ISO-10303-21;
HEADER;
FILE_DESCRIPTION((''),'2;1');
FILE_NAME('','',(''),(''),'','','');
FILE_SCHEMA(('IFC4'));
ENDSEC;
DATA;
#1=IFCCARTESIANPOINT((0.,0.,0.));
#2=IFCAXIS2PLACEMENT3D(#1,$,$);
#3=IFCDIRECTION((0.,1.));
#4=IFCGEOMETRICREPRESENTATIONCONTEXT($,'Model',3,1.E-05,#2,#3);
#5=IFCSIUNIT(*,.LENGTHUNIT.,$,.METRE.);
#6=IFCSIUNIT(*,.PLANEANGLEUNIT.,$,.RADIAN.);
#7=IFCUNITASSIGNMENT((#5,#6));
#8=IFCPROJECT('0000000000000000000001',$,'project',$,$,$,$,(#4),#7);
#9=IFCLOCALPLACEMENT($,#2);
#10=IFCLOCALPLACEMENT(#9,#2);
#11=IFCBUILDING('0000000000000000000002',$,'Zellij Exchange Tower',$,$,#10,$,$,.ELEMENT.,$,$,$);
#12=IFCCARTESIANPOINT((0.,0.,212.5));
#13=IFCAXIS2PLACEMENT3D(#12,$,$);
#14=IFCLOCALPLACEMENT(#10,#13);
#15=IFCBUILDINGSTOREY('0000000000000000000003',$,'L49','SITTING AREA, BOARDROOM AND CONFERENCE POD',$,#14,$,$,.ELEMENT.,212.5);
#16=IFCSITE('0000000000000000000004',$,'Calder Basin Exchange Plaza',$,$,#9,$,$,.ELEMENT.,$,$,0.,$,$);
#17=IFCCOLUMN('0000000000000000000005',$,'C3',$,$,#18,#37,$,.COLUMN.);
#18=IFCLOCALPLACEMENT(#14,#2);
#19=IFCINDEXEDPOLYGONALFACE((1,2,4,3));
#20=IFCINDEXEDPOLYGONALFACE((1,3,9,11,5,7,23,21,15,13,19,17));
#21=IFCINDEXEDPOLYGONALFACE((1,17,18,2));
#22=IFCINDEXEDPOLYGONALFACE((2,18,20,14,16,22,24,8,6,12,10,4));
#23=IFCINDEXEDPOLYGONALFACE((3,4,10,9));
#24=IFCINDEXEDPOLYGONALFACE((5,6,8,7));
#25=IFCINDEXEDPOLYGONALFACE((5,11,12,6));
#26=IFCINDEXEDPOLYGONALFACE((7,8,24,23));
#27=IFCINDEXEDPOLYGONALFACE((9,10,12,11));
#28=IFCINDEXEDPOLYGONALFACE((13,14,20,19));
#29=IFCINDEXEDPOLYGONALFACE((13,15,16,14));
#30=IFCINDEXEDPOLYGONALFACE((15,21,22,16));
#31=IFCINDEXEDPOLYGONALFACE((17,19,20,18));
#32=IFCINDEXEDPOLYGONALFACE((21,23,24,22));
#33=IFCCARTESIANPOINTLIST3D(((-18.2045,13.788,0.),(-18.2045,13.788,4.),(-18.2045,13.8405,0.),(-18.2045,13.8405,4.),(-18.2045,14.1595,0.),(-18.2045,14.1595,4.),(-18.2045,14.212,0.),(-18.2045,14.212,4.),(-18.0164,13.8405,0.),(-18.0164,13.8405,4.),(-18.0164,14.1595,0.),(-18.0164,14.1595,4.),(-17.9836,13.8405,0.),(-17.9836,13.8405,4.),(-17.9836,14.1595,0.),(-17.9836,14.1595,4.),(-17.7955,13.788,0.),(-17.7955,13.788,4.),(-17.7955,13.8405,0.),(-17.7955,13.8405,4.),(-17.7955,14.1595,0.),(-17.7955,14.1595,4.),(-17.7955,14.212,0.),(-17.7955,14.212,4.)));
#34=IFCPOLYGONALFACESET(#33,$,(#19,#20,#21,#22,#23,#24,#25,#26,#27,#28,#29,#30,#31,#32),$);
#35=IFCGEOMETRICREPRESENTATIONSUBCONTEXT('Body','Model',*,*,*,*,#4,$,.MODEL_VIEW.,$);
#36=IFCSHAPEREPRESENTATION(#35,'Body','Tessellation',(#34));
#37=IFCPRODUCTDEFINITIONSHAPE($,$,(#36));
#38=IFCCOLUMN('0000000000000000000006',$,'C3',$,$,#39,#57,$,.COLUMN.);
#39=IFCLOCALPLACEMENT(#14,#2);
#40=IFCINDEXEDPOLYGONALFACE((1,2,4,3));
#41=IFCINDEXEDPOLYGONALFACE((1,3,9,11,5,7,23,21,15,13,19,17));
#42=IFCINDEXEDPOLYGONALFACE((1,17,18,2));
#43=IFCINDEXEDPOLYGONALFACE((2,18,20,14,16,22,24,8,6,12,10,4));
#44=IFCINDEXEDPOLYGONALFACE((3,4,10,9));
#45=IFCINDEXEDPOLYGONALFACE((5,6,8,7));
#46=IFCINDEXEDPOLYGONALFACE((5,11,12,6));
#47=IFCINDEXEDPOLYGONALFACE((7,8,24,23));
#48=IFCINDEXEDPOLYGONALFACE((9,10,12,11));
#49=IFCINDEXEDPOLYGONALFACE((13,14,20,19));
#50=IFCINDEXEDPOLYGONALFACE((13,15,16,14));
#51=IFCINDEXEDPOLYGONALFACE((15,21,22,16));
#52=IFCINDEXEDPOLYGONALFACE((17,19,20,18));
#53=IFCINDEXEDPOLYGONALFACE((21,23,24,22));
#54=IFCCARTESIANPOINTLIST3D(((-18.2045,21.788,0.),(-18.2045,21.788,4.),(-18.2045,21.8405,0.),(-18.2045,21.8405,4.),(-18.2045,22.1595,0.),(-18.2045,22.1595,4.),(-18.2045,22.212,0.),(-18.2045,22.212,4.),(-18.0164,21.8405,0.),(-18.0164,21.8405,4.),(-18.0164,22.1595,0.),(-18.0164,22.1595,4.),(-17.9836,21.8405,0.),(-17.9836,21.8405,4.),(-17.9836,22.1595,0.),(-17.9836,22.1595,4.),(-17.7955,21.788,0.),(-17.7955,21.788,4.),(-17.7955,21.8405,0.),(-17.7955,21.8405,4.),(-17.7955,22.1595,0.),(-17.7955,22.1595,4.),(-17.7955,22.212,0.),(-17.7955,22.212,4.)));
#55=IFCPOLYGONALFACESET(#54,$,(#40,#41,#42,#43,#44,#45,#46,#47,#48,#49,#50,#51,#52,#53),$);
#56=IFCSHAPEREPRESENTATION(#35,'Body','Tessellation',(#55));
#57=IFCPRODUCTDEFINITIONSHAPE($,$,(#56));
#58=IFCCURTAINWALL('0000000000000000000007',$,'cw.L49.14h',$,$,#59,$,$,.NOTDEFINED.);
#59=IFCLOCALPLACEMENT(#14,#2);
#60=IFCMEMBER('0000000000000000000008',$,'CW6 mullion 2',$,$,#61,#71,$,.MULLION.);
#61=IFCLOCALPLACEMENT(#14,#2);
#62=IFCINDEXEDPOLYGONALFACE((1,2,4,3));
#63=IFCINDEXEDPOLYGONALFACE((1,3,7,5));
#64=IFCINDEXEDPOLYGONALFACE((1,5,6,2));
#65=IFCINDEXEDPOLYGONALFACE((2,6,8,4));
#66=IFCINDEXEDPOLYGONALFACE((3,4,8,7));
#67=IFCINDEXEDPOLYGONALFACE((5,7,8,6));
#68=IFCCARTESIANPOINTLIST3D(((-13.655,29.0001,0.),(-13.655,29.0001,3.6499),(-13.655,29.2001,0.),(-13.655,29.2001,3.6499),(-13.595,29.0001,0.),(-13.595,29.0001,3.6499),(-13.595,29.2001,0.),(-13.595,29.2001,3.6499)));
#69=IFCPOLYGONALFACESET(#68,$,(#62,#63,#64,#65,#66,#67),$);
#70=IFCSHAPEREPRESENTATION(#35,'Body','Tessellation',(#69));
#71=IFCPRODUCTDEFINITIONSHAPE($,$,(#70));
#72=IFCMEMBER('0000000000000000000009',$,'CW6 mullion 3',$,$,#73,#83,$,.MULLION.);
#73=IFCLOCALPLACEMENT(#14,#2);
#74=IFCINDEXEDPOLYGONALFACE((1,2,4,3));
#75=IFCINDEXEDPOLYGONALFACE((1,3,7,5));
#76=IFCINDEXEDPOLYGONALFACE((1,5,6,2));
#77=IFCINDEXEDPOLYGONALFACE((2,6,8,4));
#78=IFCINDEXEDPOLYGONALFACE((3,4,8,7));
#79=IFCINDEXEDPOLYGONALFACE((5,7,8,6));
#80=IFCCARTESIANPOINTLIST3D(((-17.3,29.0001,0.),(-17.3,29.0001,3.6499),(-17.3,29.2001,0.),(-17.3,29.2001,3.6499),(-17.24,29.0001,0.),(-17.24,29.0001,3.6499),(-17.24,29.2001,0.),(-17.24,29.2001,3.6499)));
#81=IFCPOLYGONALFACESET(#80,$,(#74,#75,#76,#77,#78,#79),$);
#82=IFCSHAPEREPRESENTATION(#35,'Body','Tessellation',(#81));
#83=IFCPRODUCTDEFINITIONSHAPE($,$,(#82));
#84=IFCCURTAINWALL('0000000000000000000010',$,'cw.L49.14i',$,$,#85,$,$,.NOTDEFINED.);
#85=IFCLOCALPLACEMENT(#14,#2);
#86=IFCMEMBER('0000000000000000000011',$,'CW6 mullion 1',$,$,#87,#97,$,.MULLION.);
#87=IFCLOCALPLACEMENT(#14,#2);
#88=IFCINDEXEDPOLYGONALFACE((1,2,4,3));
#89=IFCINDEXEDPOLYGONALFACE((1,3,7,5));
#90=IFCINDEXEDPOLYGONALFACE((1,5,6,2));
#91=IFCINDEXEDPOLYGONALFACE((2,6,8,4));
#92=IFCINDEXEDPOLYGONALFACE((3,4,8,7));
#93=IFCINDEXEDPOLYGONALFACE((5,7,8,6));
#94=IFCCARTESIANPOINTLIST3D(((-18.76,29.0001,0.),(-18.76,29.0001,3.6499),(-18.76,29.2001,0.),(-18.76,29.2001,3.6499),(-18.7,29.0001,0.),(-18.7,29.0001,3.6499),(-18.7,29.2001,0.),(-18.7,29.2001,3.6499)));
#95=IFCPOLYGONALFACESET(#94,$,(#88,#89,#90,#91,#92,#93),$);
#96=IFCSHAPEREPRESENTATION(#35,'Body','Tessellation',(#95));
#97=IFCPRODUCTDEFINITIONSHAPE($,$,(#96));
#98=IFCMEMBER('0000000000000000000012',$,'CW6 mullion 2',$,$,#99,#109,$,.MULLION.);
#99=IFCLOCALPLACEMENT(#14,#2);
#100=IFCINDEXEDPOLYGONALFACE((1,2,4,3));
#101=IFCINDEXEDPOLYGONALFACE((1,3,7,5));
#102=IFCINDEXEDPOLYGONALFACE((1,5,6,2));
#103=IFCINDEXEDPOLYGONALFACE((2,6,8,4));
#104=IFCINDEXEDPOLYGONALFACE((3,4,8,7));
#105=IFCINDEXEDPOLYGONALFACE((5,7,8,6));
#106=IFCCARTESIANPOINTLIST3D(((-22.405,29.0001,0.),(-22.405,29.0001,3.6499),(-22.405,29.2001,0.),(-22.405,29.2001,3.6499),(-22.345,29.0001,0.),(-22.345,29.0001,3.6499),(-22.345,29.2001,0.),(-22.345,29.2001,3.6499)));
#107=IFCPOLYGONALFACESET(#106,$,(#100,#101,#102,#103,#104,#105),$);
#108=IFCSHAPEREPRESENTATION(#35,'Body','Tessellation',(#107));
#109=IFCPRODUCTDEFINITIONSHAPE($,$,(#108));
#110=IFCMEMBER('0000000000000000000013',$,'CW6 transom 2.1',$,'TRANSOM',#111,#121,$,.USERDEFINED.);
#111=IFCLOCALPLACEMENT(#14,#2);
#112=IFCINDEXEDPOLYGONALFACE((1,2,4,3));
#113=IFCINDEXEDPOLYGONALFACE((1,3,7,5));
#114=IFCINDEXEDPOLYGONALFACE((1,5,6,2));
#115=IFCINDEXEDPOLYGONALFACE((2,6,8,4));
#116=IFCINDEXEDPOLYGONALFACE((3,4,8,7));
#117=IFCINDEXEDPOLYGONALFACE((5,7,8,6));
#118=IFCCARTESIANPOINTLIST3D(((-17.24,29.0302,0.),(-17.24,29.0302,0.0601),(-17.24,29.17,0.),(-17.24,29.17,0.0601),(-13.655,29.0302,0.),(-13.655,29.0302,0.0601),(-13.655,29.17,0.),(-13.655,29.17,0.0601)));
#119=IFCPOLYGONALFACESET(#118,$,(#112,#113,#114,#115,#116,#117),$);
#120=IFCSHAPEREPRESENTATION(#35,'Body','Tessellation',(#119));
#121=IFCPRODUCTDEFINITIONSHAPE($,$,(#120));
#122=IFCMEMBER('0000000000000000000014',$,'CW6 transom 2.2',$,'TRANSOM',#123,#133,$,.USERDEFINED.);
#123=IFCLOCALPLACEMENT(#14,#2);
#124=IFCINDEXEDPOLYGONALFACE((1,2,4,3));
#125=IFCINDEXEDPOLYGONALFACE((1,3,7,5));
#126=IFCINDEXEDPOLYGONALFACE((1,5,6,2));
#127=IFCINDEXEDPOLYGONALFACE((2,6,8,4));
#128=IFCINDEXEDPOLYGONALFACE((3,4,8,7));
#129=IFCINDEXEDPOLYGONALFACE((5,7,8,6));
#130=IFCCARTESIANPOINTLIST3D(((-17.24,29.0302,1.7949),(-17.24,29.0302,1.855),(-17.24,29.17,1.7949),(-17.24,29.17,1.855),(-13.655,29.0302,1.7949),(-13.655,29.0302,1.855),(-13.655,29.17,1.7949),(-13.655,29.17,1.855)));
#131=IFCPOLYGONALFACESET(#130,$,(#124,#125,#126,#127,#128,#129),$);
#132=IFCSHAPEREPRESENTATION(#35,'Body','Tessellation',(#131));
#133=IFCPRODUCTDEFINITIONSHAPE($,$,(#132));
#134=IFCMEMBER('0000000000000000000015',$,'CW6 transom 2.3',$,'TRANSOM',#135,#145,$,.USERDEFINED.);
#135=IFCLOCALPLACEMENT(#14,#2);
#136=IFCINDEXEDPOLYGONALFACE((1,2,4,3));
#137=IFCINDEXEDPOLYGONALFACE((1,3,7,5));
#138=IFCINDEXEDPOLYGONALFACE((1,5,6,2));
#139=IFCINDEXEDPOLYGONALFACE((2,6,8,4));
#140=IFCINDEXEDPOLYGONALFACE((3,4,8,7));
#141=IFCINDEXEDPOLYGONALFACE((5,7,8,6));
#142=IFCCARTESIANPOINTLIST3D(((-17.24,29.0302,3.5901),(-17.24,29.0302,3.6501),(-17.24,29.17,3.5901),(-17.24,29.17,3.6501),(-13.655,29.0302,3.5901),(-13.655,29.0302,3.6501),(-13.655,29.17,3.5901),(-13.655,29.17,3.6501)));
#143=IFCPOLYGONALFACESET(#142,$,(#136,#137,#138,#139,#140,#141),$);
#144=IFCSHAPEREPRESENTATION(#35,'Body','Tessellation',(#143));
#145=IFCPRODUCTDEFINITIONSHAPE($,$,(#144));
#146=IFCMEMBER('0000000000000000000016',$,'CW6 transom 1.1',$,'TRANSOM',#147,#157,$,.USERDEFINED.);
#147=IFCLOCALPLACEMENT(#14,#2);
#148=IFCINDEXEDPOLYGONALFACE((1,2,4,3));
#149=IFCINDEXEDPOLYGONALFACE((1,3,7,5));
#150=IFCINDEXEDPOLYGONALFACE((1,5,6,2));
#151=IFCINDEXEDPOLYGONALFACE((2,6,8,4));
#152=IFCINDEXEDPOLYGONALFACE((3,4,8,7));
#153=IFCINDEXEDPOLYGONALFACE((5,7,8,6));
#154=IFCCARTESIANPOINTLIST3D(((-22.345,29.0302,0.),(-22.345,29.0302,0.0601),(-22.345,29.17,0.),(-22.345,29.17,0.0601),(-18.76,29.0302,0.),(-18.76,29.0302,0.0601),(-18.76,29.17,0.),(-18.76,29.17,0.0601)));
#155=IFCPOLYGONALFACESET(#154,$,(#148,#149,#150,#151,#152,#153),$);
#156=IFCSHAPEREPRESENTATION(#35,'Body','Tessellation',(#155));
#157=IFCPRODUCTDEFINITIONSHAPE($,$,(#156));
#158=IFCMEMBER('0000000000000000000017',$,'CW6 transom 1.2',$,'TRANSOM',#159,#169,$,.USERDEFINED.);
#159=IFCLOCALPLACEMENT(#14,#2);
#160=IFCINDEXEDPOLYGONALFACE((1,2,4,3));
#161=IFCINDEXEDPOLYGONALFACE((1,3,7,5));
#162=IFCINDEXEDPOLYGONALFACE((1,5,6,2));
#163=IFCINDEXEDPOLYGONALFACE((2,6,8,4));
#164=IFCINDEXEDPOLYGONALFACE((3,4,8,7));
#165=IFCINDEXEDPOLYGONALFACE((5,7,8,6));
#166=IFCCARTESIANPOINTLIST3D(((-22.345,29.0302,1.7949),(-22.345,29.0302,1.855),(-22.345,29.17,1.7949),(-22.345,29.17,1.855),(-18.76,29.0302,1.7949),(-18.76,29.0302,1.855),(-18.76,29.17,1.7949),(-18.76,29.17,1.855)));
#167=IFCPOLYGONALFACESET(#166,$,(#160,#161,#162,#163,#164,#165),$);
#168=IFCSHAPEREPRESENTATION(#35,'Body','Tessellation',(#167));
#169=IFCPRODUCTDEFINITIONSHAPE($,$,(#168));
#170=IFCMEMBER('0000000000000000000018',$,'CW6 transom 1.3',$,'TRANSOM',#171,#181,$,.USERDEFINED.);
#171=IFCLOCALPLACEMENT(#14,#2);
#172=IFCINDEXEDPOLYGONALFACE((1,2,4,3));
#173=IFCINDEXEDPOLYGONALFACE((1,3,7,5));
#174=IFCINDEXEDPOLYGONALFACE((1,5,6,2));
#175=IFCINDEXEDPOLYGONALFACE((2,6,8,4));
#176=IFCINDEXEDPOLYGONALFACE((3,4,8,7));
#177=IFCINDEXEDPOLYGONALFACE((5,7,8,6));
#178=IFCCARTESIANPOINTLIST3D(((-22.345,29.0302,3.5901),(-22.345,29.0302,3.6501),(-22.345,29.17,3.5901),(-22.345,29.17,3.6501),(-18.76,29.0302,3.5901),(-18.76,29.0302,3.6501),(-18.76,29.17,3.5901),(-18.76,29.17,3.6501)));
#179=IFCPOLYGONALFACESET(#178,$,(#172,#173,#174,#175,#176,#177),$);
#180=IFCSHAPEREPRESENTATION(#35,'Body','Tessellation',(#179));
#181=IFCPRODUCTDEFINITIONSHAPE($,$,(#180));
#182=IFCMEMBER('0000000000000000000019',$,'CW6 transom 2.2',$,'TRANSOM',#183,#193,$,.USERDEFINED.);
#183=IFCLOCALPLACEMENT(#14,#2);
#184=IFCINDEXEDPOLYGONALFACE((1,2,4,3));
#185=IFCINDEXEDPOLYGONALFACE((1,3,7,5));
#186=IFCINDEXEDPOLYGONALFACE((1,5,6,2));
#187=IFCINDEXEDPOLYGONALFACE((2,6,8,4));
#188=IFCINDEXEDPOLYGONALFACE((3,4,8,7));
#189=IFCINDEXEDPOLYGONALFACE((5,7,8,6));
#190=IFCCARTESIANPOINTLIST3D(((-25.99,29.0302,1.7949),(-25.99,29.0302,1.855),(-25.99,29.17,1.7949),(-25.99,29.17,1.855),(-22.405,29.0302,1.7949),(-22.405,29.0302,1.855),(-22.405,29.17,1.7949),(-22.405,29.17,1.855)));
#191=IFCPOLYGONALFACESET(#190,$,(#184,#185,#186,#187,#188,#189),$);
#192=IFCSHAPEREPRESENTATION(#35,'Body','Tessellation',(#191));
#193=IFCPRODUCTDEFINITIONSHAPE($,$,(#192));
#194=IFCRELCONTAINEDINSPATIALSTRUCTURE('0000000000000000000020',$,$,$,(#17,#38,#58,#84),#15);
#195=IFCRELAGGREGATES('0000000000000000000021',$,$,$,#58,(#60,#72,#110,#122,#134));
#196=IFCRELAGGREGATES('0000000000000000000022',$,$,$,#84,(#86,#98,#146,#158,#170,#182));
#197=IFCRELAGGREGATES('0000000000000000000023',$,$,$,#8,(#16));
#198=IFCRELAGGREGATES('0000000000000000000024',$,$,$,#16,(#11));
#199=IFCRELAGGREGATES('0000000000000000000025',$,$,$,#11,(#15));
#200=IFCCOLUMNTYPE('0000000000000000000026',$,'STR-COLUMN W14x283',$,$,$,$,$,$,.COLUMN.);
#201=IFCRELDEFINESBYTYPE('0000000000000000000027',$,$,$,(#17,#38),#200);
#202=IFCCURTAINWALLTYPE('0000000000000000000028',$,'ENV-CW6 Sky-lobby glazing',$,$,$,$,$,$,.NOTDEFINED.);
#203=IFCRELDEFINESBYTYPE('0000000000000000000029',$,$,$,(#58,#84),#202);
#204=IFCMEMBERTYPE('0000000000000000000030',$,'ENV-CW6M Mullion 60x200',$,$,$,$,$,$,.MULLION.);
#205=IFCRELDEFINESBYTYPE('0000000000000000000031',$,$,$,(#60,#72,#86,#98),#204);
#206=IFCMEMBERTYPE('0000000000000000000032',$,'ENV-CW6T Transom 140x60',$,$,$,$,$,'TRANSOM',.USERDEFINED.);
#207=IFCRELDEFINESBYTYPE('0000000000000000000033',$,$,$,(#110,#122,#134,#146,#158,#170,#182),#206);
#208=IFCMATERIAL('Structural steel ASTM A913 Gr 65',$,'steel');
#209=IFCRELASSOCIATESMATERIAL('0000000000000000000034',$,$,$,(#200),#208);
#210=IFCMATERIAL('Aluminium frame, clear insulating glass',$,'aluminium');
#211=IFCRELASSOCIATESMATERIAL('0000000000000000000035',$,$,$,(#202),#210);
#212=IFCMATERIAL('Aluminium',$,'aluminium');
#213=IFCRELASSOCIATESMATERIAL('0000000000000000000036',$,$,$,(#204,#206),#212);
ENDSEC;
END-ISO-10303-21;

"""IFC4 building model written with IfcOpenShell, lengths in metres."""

from ifc_helpers import new_model, si_unit, direction, frame, origin, origin_2d, place, context, subcontext, project, spatial, rectangle, i_section, extrude, material, material_profile, profile_set, type_object, element, aggregate, save


model = new_model("IFC4")

# Units and contexts
model_context = context("Model", 3, precision=1e-05, world=origin(), true_north=direction((0.0, 1.0)))
body_context = subcontext(model_context, "Body", "Model", "MODEL_VIEW")
ifc_project = project(units=[si_unit("LENGTHUNIT", "METRE"), si_unit("PLANEANGLEUNIT", "RADIAN")], contexts=[model_context])

# Site, building, storey
site_placement = place(None, origin())
site = spatial("IfcSite", under=ifc_project, at=site_placement, Name="Calder Basin Exchange Plaza", CompositionType="ELEMENT", RefElevation=0.0)
building_placement = place(site_placement, origin())
building = spatial("IfcBuilding", under=site, at=building_placement, Name="Zellij Exchange Tower", CompositionType="ELEMENT")
storey_placement = place(building_placement, frame((0.0, 0.0, 212.5)))
storey = spatial("IfcBuildingStorey", under=building, at=storey_placement, Name="L49", Description="SITTING AREA, BOARDROOM AND CONFERENCE POD", CompositionType="ELEMENT", Elevation=212.5)

# Columns
ifc_material_1 = material(Name="Structural steel ASTM A913 Gr 65", Category="steel")
ifc_material_profile_1 = material_profile(ifc_material_1, i_section(OverallWidth=0.4089, OverallDepth=0.4241, WebThickness=0.0327, FlangeThickness=0.0525, at=origin_2d()), Name="W14x283")
ifc_profile_set_1 = profile_set([ifc_material_profile_1], Name="Structural steel ASTM A913 Gr 65")
column_type_1 = type_object("IfcColumnType", Name="STR-COLUMN W14x283", PredefinedType="COLUMN", material=ifc_profile_set_1)
for number, where, z_axis, x_axis, name in (
    (1, (-18.0, 14.0, 0.0), (0.0, 0.0, 1.0), (1.0, 0.0, 0.0), "C3"),
    (2, (-18.0, 22.0, 0.0), (0.0, 0.0, 1.0), (1.0, 0.0, 0.0), "C3"),
):
    element("IfcColumn", number, at=place(storey_placement, frame(where, z_axis=z_axis, x_axis=x_axis)), inside=storey, type_object=column_type_1, Name=name, PredefinedType="COLUMN", context=body_context, shape_type="SweptSolid", body=[
        extrude(i_section(OverallWidth=0.4089, OverallDepth=0.4241, WebThickness=0.0327, FlangeThickness=0.0525, at=origin_2d()), origin(), (0.0, 0.0, 1.0), 4.0),
    ])

# Curtain walls, members
ifc_material_2 = material(Name="Aluminium frame, clear insulating glass", Category="aluminium")
curtain_wall_type = type_object("IfcCurtainWallType", Name="ENV-CW6 Sky-lobby glazing", PredefinedType="NOTDEFINED", material=ifc_material_2)
curtain_wall_1_placement = place(storey_placement, origin())
curtain_wall_1 = element("IfcCurtainWall", 3, at=curtain_wall_1_placement, inside=storey, type_object=curtain_wall_type, Name="cw.L49.14h", PredefinedType="NOTDEFINED")
ifc_material_3 = material(Name="Aluminium", Category="aluminium")
ifc_material_profile_2 = material_profile(ifc_material_3, rectangle(XDim=0.0601, YDim=0.2, at=origin_2d()), Name="AL 60x200")
ifc_profile_set_2 = profile_set([ifc_material_profile_2], Name="Aluminium")
member_type_1 = type_object("IfcMemberType", Name="ENV-CW6M Mullion 60x200", PredefinedType="MULLION", material=ifc_profile_set_2)
member_1_placement = place(storey_placement, frame((-13.625, 29.1001, 0.0), z_axis=(0.0, 0.0, 1.0), x_axis=(-1.0, 0.0, 0.0)))
member_1 = element("IfcMember", 4, at=member_1_placement, type_object=member_type_1, Name="CW6 mullion 2", PredefinedType="MULLION", context=body_context, shape_type="SweptSolid", body=[
    extrude(rectangle(XDim=0.0601, YDim=0.2, at=origin_2d()), origin(), (0.0, 0.0, 1.0), 3.6499),
])
member_2_placement = place(storey_placement, frame((-17.27, 29.1001, 0.0), z_axis=(0.0, 0.0, 1.0), x_axis=(-1.0, 0.0, 0.0)))
member_2 = element("IfcMember", 5, at=member_2_placement, type_object=member_type_1, Name="CW6 mullion 3", PredefinedType="MULLION", context=body_context, shape_type="SweptSolid", body=[
    extrude(rectangle(XDim=0.0601, YDim=0.2, at=origin_2d()), origin(), (0.0, 0.0, 1.0), 3.6499),
])
curtain_wall_2_placement = place(storey_placement, origin())
curtain_wall_2 = element("IfcCurtainWall", 6, at=curtain_wall_2_placement, inside=storey, type_object=curtain_wall_type, Name="cw.L49.14i", PredefinedType="NOTDEFINED")
member_3_placement = place(storey_placement, frame((-18.73, 29.1001, 0.0), z_axis=(0.0, 0.0, 1.0), x_axis=(-1.0, 0.0, 0.0)))
member_3 = element("IfcMember", 7, at=member_3_placement, type_object=member_type_1, Name="CW6 mullion 1", PredefinedType="MULLION", context=body_context, shape_type="SweptSolid", body=[
    extrude(rectangle(XDim=0.0601, YDim=0.2, at=origin_2d()), origin(), (0.0, 0.0, 1.0), 3.6499),
])
member_4_placement = place(storey_placement, frame((-22.375, 29.1001, 0.0), z_axis=(0.0, 0.0, 1.0), x_axis=(-1.0, 0.0, 0.0)))
member_4 = element("IfcMember", 8, at=member_4_placement, type_object=member_type_1, Name="CW6 mullion 2", PredefinedType="MULLION", context=body_context, shape_type="SweptSolid", body=[
    extrude(rectangle(XDim=0.0601, YDim=0.2, at=origin_2d()), origin(), (0.0, 0.0, 1.0), 3.6499),
])

# Members
ifc_material_profile_3 = material_profile(ifc_material_3, rectangle(XDim=0.1399, YDim=0.0601, at=origin_2d()), Name="AL 140x60")
ifc_profile_set_3 = profile_set([ifc_material_profile_3], Name="Aluminium")
member_type_2 = type_object("IfcMemberType", Name="ENV-CW6T Transom 140x60", ElementType="TRANSOM", PredefinedType="USERDEFINED", material=ifc_profile_set_3)
member_5_placement = place(storey_placement, frame((-13.655, 29.1001, 0.03), z_axis=(-1.0, 0.0, 0.0), x_axis=(0.0, -1.0, 0.0)))
member_5 = element("IfcMember", 9, at=member_5_placement, type_object=member_type_2, Name="CW6 transom 2.1", ObjectType="TRANSOM", PredefinedType="USERDEFINED", context=body_context, shape_type="SweptSolid", body=[
    extrude(rectangle(XDim=0.1399, YDim=0.0601, at=origin_2d()), origin(), (0.0, 0.0, 1.0), 3.585),
])
member_6_placement = place(storey_placement, frame((-13.655, 29.1001, 1.825), z_axis=(-1.0, 0.0, 0.0), x_axis=(0.0, -1.0, 0.0)))
member_6 = element("IfcMember", 10, at=member_6_placement, type_object=member_type_2, Name="CW6 transom 2.2", ObjectType="TRANSOM", PredefinedType="USERDEFINED", context=body_context, shape_type="SweptSolid", body=[
    extrude(rectangle(XDim=0.1399, YDim=0.0601, at=origin_2d()), origin(), (0.0, 0.0, 1.0), 3.585),
])
member_7_placement = place(storey_placement, frame((-13.655, 29.1001, 3.6201), z_axis=(-1.0, 0.0, 0.0), x_axis=(0.0, -1.0, 0.0)))
member_7 = element("IfcMember", 11, at=member_7_placement, type_object=member_type_2, Name="CW6 transom 2.3", ObjectType="TRANSOM", PredefinedType="USERDEFINED", context=body_context, shape_type="SweptSolid", body=[
    extrude(rectangle(XDim=0.1399, YDim=0.0601, at=origin_2d()), origin(), (0.0, 0.0, 1.0), 3.585),
])
member_8_placement = place(storey_placement, frame((-18.76, 29.1001, 0.03), z_axis=(-1.0, 0.0, 0.0), x_axis=(0.0, -1.0, 0.0)))
member_8 = element("IfcMember", 12, at=member_8_placement, type_object=member_type_2, Name="CW6 transom 1.1", ObjectType="TRANSOM", PredefinedType="USERDEFINED", context=body_context, shape_type="SweptSolid", body=[
    extrude(rectangle(XDim=0.1399, YDim=0.0601, at=origin_2d()), origin(), (0.0, 0.0, 1.0), 3.585),
])
member_9_placement = place(storey_placement, frame((-18.76, 29.1001, 1.825), z_axis=(-1.0, 0.0, 0.0), x_axis=(0.0, -1.0, 0.0)))
member_9 = element("IfcMember", 13, at=member_9_placement, type_object=member_type_2, Name="CW6 transom 1.2", ObjectType="TRANSOM", PredefinedType="USERDEFINED", context=body_context, shape_type="SweptSolid", body=[
    extrude(rectangle(XDim=0.1399, YDim=0.0601, at=origin_2d()), origin(), (0.0, 0.0, 1.0), 3.585),
])
member_10_placement = place(storey_placement, frame((-18.76, 29.1001, 3.6201), z_axis=(-1.0, 0.0, 0.0), x_axis=(0.0, -1.0, 0.0)))
member_10 = element("IfcMember", 14, at=member_10_placement, type_object=member_type_2, Name="CW6 transom 1.3", ObjectType="TRANSOM", PredefinedType="USERDEFINED", context=body_context, shape_type="SweptSolid", body=[
    extrude(rectangle(XDim=0.1399, YDim=0.0601, at=origin_2d()), origin(), (0.0, 0.0, 1.0), 3.585),
])
member_11_placement = place(storey_placement, frame((-22.405, 29.1001, 1.825), z_axis=(-1.0, 0.0, 0.0), x_axis=(0.0, -1.0, 0.0)))
member_11 = element("IfcMember", 15, at=member_11_placement, type_object=member_type_2, Name="CW6 transom 2.2", ObjectType="TRANSOM", PredefinedType="USERDEFINED", context=body_context, shape_type="SweptSolid", body=[
    extrude(rectangle(XDim=0.1399, YDim=0.0601, at=origin_2d()), origin(), (0.0, 0.0, 1.0), 3.585),
])

aggregate(curtain_wall_1, [member_1, member_2, member_5, member_6, member_7])
aggregate(curtain_wall_2, [member_3, member_4, member_8, member_9, member_10, member_11])

save(model, "model.ifc")
